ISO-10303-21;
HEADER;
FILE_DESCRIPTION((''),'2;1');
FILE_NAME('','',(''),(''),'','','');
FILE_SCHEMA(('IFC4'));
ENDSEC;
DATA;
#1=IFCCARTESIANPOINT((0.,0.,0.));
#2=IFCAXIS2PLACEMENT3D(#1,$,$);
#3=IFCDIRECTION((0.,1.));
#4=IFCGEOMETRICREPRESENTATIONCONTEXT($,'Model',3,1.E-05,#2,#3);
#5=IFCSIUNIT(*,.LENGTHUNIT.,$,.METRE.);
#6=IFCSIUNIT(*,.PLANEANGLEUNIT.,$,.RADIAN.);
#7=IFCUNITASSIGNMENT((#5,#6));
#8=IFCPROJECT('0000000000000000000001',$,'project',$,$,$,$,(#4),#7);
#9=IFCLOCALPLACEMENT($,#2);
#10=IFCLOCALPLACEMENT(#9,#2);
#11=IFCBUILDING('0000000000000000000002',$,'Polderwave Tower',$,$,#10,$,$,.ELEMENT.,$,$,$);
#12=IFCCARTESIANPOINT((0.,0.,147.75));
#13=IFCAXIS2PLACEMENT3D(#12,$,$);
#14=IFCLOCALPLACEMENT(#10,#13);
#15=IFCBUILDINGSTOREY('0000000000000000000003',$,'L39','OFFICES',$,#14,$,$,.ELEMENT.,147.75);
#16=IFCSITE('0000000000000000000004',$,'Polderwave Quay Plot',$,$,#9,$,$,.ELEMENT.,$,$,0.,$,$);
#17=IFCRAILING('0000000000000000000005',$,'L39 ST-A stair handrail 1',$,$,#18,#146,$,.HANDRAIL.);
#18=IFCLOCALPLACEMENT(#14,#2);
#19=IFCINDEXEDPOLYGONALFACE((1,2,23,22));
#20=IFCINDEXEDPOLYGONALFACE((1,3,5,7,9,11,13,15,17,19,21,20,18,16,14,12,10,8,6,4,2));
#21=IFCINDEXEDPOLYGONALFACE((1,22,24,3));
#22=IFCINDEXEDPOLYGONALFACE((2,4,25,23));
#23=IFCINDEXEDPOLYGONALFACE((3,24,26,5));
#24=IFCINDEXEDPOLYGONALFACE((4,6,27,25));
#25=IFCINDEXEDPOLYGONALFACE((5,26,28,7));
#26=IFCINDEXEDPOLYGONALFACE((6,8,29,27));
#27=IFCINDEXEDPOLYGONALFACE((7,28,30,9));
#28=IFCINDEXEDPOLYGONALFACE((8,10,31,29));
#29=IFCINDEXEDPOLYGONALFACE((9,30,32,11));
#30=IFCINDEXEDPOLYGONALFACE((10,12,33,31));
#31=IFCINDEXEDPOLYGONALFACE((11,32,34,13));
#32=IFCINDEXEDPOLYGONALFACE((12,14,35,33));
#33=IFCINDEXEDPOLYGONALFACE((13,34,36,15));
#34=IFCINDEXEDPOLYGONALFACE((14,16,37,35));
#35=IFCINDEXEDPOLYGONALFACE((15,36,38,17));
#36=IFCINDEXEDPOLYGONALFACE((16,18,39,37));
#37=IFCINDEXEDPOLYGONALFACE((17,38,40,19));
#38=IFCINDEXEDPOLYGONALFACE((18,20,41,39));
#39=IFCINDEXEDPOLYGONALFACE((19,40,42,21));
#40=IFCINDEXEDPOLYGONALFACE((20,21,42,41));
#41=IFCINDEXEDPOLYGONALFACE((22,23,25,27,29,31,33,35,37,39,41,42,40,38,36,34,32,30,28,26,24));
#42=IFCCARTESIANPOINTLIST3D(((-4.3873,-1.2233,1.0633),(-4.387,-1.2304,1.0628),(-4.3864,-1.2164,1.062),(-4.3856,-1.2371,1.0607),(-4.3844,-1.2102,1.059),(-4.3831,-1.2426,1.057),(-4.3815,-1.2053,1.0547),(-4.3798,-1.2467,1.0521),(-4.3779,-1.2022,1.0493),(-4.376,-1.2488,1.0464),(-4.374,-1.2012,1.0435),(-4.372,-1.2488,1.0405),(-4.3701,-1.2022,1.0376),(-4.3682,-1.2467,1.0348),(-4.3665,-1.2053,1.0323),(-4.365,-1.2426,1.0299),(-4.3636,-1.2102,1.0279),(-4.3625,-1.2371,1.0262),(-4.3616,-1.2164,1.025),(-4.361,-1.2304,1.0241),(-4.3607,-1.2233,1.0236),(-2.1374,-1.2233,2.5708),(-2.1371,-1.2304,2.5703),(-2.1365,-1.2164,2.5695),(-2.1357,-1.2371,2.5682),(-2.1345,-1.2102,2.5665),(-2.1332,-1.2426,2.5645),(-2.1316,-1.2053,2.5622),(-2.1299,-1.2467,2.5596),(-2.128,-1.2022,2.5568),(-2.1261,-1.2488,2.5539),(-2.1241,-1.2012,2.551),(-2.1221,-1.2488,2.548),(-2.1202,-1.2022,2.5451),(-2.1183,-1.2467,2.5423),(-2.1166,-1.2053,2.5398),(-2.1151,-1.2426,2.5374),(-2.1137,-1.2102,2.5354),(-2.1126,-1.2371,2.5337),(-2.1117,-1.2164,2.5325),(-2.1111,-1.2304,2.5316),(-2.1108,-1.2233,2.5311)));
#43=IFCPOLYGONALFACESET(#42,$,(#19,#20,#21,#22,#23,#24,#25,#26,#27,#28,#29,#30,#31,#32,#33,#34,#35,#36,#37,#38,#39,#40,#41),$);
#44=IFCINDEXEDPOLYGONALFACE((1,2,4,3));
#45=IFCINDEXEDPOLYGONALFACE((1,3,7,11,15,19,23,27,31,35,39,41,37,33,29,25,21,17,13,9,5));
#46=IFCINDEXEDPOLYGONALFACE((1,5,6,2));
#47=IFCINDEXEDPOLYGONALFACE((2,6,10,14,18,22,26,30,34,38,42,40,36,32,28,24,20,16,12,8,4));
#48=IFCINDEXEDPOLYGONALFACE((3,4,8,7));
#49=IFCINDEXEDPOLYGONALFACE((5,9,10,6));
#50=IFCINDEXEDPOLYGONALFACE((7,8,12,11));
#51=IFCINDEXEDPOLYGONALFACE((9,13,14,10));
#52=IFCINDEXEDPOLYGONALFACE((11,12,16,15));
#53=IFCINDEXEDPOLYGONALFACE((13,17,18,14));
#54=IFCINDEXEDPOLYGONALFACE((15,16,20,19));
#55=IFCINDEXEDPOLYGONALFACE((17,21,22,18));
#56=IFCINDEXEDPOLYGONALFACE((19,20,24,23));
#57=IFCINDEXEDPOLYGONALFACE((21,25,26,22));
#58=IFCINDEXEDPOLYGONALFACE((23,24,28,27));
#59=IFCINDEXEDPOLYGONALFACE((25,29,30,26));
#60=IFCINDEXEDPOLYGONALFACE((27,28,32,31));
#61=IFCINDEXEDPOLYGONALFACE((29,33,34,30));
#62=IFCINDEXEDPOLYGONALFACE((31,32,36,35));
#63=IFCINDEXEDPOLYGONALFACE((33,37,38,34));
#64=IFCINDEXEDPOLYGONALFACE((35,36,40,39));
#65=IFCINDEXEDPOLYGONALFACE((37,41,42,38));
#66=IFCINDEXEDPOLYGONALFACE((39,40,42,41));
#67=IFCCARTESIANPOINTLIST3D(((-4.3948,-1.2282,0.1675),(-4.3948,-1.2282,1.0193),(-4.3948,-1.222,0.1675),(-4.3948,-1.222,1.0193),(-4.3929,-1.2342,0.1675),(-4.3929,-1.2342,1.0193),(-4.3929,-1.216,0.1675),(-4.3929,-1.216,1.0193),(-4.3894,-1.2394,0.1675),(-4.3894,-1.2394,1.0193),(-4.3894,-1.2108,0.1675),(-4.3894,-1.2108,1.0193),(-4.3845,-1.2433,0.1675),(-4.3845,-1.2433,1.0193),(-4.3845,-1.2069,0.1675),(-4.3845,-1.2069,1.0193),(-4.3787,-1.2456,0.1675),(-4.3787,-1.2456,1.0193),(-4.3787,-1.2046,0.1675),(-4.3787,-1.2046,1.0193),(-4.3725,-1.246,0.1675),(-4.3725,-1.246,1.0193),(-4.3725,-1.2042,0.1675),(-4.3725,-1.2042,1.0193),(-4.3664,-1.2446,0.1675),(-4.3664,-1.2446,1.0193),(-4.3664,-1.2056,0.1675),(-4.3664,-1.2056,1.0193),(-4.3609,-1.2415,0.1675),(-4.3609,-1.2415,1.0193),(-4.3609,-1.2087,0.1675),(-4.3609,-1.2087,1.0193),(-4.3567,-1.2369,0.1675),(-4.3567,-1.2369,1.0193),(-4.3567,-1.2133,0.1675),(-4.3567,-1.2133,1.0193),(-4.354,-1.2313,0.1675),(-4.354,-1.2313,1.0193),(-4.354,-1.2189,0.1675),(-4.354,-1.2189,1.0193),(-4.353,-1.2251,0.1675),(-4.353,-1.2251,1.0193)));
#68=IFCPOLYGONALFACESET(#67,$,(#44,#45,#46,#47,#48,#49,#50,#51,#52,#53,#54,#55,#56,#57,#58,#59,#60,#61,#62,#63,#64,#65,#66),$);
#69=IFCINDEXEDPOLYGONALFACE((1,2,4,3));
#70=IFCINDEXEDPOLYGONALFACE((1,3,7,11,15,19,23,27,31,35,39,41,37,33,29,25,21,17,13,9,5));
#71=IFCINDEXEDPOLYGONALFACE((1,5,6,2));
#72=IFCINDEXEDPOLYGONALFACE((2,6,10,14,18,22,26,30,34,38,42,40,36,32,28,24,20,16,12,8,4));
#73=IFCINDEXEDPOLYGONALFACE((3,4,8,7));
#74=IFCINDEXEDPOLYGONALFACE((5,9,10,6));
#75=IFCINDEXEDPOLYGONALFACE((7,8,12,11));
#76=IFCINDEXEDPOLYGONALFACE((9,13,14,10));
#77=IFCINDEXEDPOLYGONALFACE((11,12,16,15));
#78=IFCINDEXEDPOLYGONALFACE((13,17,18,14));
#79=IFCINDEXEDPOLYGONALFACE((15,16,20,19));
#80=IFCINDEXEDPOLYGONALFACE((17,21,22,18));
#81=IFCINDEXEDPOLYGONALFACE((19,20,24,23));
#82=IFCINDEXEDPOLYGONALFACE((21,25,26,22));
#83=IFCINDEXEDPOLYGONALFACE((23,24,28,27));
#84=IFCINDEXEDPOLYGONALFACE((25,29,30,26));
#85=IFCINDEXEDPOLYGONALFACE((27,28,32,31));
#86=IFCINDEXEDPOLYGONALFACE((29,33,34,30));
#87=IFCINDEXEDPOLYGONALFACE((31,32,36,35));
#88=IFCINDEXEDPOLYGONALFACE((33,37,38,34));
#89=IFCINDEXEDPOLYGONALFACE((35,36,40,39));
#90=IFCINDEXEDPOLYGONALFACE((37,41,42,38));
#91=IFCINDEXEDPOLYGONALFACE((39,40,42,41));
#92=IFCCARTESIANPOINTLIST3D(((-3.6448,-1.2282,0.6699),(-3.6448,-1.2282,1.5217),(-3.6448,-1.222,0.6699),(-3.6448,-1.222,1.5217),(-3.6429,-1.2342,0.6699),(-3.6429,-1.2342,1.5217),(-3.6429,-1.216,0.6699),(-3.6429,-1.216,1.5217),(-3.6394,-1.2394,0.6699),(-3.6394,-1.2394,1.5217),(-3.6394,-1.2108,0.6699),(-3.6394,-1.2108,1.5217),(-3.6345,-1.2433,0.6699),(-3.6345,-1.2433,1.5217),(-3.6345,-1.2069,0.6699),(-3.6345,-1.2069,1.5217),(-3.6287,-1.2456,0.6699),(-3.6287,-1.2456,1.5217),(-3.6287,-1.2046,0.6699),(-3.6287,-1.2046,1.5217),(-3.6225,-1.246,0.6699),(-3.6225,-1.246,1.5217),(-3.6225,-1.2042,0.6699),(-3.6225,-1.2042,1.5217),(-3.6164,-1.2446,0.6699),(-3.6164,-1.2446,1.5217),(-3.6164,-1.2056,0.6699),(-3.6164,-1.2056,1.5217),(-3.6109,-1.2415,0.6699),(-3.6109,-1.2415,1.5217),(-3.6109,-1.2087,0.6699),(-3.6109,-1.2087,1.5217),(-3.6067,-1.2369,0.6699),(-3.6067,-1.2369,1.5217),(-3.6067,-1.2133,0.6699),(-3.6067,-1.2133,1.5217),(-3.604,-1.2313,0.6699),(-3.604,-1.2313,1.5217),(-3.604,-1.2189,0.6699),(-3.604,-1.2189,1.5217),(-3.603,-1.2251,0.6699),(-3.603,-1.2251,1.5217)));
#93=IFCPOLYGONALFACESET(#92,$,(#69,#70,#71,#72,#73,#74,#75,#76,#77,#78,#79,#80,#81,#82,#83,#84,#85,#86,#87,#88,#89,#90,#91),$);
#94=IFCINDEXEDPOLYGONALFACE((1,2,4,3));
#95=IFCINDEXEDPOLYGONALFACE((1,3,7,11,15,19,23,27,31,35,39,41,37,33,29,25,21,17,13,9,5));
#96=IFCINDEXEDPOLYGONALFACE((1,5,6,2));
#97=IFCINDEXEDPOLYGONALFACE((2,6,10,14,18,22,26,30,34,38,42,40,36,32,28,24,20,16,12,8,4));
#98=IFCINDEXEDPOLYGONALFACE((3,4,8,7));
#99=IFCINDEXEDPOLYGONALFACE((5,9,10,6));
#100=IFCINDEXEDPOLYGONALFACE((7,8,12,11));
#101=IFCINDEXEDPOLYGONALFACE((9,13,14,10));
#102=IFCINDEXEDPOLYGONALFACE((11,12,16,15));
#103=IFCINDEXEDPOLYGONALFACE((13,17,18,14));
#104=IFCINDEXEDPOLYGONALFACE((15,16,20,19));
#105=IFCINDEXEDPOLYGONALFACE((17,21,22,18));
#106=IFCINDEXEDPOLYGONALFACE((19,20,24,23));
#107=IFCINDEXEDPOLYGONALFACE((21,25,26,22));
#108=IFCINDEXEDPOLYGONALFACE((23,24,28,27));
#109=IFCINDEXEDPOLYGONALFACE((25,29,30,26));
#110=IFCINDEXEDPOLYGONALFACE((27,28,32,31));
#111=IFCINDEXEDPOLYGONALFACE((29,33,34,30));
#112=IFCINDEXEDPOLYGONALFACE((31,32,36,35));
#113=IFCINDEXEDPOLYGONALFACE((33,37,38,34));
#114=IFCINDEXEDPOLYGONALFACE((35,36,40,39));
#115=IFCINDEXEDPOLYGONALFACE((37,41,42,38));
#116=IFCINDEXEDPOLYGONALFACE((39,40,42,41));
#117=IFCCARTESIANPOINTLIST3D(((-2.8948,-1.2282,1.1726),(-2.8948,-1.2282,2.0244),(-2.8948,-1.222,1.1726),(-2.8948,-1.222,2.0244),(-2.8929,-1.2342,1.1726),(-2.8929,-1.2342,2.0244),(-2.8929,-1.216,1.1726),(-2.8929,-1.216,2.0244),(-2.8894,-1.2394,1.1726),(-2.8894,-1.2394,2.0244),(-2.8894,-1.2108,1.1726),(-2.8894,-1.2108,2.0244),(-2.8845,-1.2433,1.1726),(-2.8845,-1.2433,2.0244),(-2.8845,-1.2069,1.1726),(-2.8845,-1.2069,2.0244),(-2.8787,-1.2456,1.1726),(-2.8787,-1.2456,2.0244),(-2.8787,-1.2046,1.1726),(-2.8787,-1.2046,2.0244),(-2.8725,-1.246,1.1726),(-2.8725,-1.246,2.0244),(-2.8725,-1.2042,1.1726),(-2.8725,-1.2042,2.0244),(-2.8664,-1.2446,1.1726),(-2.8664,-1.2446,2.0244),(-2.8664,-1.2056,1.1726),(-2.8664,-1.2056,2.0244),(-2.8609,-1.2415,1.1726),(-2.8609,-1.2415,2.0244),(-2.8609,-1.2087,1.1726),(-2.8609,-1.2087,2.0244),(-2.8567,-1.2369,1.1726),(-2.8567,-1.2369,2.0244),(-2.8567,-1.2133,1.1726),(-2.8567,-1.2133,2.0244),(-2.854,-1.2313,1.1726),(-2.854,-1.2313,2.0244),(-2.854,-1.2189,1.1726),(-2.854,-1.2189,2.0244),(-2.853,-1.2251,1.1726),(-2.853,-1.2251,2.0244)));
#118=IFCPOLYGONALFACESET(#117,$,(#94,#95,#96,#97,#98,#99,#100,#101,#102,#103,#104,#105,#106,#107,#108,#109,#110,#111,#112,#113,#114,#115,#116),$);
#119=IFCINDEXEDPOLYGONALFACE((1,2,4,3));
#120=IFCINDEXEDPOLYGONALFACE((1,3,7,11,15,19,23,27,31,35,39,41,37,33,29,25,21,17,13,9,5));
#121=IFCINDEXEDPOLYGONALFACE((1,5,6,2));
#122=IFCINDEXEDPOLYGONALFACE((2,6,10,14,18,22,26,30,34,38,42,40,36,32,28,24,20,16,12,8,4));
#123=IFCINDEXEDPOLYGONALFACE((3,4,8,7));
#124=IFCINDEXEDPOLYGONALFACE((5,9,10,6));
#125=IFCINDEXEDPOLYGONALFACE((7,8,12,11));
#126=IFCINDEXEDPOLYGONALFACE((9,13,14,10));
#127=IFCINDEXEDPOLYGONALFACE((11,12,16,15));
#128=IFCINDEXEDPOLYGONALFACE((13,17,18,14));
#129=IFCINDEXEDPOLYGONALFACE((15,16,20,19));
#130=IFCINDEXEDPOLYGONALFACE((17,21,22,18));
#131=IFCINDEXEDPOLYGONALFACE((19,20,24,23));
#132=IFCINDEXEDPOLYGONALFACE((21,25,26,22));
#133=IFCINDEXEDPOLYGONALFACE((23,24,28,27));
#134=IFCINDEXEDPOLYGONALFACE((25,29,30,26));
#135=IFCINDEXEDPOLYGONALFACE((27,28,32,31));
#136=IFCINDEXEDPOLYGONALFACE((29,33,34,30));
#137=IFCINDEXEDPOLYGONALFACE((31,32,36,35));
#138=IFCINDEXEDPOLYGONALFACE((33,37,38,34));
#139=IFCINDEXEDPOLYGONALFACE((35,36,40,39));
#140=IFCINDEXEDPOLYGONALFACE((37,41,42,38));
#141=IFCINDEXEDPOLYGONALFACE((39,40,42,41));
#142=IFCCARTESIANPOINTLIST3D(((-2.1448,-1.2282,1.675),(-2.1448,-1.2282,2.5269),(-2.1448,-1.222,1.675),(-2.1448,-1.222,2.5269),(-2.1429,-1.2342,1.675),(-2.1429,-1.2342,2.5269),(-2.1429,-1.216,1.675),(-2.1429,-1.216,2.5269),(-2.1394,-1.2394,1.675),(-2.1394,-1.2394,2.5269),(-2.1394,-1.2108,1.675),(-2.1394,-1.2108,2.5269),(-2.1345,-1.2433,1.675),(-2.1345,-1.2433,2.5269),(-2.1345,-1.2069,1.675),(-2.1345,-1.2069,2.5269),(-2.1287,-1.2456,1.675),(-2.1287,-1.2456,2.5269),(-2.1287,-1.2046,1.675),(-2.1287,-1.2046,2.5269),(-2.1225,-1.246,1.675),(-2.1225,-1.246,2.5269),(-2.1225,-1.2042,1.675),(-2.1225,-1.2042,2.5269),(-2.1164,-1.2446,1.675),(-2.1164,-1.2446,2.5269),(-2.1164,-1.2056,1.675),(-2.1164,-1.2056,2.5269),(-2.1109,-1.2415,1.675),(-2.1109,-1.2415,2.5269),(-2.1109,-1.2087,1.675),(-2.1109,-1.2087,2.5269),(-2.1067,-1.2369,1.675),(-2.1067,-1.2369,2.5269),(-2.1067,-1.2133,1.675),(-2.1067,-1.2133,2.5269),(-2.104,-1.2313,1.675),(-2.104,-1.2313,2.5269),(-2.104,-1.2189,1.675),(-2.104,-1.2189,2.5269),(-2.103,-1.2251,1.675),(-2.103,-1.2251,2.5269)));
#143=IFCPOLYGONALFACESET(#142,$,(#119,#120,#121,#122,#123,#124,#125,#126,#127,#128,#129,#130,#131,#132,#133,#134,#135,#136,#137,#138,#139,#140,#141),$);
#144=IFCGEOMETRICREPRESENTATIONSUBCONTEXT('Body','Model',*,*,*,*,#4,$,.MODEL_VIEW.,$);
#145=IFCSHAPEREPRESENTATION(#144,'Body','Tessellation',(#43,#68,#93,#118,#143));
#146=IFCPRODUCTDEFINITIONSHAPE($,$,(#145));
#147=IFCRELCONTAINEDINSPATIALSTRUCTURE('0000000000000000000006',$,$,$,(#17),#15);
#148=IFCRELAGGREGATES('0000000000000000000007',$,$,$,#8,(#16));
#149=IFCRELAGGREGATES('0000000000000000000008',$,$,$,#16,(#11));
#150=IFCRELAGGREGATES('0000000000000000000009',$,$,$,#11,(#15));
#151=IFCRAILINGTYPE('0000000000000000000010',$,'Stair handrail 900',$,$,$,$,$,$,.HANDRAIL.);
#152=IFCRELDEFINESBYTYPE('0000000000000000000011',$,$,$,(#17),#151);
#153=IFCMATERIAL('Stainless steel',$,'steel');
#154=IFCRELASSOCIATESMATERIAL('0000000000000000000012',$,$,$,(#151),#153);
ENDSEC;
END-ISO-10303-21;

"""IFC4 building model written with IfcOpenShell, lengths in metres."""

from ifc_helpers import new_model, si_unit, direction, frame, origin, origin_2d, place, context, subcontext, project, spatial, circle, extrude, material, type_object, element, save


model = new_model("IFC4")

# Units and contexts
model_context = context("Model", 3, precision=1e-05, world=origin(), true_north=direction((0.0, 1.0)))
body_context = subcontext(model_context, "Body", "Model", "MODEL_VIEW")
ifc_project = project(units=[si_unit("LENGTHUNIT", "METRE"), si_unit("PLANEANGLEUNIT", "RADIAN")], contexts=[model_context])

# Site, building, storey
site_placement = place(None, origin())
site = spatial("IfcSite", under=ifc_project, at=site_placement, Name="Polderwave Quay Plot", CompositionType="ELEMENT", RefElevation=0.0)
building_placement = place(site_placement, origin())
building = spatial("IfcBuilding", under=site, at=building_placement, Name="Polderwave Tower", CompositionType="ELEMENT")
storey_placement = place(building_placement, frame((0.0, 0.0, 147.75)))
storey = spatial("IfcBuildingStorey", under=building, at=storey_placement, Name="L39", Description="OFFICES", CompositionType="ELEMENT", Elevation=147.75)

# Railing
ifc_material_1 = material(Name="Stainless steel", Category="steel")
railing_type_1 = type_object("IfcRailingType", Name="Stair handrail 900", PredefinedType="HANDRAIL", material=ifc_material_1)
railing_1_placement = place(storey_placement, frame((-4.374, -1.2251, 0.1675)))
element("IfcRailing", 1, at=railing_1_placement, inside=storey, type_object=railing_type_1, Name="L39 ST-A stair handrail 1", PredefinedType="HANDRAIL", context=body_context, shape_type="SweptSolid", body=[
    extrude(circle(Radius=0.0239, at=origin_2d()), frame((0.0, 0.0, 0.876), z_axis=(0.830758, 0.0, 0.556633), x_axis=(0.0, 1.0, 0.0)), (0.0, 0.0, 1.0), 2.7083),
    extrude(circle(Radius=0.021, at=origin_2d()), origin(), (0.0, 0.0, 1.0), 0.8518),
    extrude(circle(Radius=0.021, at=origin_2d()), frame((0.75, 0.0, 0.5024)), (0.0, 0.0, 1.0), 0.8518),
    extrude(circle(Radius=0.021, at=origin_2d()), frame((1.5, 0.0, 1.0051)), (0.0, 0.0, 1.0), 0.8518),
    extrude(circle(Radius=0.021, at=origin_2d()), frame((2.25, 0.0, 1.5076)), (0.0, 0.0, 1.0), 0.8518),
])

save(model, "model.ifc")
